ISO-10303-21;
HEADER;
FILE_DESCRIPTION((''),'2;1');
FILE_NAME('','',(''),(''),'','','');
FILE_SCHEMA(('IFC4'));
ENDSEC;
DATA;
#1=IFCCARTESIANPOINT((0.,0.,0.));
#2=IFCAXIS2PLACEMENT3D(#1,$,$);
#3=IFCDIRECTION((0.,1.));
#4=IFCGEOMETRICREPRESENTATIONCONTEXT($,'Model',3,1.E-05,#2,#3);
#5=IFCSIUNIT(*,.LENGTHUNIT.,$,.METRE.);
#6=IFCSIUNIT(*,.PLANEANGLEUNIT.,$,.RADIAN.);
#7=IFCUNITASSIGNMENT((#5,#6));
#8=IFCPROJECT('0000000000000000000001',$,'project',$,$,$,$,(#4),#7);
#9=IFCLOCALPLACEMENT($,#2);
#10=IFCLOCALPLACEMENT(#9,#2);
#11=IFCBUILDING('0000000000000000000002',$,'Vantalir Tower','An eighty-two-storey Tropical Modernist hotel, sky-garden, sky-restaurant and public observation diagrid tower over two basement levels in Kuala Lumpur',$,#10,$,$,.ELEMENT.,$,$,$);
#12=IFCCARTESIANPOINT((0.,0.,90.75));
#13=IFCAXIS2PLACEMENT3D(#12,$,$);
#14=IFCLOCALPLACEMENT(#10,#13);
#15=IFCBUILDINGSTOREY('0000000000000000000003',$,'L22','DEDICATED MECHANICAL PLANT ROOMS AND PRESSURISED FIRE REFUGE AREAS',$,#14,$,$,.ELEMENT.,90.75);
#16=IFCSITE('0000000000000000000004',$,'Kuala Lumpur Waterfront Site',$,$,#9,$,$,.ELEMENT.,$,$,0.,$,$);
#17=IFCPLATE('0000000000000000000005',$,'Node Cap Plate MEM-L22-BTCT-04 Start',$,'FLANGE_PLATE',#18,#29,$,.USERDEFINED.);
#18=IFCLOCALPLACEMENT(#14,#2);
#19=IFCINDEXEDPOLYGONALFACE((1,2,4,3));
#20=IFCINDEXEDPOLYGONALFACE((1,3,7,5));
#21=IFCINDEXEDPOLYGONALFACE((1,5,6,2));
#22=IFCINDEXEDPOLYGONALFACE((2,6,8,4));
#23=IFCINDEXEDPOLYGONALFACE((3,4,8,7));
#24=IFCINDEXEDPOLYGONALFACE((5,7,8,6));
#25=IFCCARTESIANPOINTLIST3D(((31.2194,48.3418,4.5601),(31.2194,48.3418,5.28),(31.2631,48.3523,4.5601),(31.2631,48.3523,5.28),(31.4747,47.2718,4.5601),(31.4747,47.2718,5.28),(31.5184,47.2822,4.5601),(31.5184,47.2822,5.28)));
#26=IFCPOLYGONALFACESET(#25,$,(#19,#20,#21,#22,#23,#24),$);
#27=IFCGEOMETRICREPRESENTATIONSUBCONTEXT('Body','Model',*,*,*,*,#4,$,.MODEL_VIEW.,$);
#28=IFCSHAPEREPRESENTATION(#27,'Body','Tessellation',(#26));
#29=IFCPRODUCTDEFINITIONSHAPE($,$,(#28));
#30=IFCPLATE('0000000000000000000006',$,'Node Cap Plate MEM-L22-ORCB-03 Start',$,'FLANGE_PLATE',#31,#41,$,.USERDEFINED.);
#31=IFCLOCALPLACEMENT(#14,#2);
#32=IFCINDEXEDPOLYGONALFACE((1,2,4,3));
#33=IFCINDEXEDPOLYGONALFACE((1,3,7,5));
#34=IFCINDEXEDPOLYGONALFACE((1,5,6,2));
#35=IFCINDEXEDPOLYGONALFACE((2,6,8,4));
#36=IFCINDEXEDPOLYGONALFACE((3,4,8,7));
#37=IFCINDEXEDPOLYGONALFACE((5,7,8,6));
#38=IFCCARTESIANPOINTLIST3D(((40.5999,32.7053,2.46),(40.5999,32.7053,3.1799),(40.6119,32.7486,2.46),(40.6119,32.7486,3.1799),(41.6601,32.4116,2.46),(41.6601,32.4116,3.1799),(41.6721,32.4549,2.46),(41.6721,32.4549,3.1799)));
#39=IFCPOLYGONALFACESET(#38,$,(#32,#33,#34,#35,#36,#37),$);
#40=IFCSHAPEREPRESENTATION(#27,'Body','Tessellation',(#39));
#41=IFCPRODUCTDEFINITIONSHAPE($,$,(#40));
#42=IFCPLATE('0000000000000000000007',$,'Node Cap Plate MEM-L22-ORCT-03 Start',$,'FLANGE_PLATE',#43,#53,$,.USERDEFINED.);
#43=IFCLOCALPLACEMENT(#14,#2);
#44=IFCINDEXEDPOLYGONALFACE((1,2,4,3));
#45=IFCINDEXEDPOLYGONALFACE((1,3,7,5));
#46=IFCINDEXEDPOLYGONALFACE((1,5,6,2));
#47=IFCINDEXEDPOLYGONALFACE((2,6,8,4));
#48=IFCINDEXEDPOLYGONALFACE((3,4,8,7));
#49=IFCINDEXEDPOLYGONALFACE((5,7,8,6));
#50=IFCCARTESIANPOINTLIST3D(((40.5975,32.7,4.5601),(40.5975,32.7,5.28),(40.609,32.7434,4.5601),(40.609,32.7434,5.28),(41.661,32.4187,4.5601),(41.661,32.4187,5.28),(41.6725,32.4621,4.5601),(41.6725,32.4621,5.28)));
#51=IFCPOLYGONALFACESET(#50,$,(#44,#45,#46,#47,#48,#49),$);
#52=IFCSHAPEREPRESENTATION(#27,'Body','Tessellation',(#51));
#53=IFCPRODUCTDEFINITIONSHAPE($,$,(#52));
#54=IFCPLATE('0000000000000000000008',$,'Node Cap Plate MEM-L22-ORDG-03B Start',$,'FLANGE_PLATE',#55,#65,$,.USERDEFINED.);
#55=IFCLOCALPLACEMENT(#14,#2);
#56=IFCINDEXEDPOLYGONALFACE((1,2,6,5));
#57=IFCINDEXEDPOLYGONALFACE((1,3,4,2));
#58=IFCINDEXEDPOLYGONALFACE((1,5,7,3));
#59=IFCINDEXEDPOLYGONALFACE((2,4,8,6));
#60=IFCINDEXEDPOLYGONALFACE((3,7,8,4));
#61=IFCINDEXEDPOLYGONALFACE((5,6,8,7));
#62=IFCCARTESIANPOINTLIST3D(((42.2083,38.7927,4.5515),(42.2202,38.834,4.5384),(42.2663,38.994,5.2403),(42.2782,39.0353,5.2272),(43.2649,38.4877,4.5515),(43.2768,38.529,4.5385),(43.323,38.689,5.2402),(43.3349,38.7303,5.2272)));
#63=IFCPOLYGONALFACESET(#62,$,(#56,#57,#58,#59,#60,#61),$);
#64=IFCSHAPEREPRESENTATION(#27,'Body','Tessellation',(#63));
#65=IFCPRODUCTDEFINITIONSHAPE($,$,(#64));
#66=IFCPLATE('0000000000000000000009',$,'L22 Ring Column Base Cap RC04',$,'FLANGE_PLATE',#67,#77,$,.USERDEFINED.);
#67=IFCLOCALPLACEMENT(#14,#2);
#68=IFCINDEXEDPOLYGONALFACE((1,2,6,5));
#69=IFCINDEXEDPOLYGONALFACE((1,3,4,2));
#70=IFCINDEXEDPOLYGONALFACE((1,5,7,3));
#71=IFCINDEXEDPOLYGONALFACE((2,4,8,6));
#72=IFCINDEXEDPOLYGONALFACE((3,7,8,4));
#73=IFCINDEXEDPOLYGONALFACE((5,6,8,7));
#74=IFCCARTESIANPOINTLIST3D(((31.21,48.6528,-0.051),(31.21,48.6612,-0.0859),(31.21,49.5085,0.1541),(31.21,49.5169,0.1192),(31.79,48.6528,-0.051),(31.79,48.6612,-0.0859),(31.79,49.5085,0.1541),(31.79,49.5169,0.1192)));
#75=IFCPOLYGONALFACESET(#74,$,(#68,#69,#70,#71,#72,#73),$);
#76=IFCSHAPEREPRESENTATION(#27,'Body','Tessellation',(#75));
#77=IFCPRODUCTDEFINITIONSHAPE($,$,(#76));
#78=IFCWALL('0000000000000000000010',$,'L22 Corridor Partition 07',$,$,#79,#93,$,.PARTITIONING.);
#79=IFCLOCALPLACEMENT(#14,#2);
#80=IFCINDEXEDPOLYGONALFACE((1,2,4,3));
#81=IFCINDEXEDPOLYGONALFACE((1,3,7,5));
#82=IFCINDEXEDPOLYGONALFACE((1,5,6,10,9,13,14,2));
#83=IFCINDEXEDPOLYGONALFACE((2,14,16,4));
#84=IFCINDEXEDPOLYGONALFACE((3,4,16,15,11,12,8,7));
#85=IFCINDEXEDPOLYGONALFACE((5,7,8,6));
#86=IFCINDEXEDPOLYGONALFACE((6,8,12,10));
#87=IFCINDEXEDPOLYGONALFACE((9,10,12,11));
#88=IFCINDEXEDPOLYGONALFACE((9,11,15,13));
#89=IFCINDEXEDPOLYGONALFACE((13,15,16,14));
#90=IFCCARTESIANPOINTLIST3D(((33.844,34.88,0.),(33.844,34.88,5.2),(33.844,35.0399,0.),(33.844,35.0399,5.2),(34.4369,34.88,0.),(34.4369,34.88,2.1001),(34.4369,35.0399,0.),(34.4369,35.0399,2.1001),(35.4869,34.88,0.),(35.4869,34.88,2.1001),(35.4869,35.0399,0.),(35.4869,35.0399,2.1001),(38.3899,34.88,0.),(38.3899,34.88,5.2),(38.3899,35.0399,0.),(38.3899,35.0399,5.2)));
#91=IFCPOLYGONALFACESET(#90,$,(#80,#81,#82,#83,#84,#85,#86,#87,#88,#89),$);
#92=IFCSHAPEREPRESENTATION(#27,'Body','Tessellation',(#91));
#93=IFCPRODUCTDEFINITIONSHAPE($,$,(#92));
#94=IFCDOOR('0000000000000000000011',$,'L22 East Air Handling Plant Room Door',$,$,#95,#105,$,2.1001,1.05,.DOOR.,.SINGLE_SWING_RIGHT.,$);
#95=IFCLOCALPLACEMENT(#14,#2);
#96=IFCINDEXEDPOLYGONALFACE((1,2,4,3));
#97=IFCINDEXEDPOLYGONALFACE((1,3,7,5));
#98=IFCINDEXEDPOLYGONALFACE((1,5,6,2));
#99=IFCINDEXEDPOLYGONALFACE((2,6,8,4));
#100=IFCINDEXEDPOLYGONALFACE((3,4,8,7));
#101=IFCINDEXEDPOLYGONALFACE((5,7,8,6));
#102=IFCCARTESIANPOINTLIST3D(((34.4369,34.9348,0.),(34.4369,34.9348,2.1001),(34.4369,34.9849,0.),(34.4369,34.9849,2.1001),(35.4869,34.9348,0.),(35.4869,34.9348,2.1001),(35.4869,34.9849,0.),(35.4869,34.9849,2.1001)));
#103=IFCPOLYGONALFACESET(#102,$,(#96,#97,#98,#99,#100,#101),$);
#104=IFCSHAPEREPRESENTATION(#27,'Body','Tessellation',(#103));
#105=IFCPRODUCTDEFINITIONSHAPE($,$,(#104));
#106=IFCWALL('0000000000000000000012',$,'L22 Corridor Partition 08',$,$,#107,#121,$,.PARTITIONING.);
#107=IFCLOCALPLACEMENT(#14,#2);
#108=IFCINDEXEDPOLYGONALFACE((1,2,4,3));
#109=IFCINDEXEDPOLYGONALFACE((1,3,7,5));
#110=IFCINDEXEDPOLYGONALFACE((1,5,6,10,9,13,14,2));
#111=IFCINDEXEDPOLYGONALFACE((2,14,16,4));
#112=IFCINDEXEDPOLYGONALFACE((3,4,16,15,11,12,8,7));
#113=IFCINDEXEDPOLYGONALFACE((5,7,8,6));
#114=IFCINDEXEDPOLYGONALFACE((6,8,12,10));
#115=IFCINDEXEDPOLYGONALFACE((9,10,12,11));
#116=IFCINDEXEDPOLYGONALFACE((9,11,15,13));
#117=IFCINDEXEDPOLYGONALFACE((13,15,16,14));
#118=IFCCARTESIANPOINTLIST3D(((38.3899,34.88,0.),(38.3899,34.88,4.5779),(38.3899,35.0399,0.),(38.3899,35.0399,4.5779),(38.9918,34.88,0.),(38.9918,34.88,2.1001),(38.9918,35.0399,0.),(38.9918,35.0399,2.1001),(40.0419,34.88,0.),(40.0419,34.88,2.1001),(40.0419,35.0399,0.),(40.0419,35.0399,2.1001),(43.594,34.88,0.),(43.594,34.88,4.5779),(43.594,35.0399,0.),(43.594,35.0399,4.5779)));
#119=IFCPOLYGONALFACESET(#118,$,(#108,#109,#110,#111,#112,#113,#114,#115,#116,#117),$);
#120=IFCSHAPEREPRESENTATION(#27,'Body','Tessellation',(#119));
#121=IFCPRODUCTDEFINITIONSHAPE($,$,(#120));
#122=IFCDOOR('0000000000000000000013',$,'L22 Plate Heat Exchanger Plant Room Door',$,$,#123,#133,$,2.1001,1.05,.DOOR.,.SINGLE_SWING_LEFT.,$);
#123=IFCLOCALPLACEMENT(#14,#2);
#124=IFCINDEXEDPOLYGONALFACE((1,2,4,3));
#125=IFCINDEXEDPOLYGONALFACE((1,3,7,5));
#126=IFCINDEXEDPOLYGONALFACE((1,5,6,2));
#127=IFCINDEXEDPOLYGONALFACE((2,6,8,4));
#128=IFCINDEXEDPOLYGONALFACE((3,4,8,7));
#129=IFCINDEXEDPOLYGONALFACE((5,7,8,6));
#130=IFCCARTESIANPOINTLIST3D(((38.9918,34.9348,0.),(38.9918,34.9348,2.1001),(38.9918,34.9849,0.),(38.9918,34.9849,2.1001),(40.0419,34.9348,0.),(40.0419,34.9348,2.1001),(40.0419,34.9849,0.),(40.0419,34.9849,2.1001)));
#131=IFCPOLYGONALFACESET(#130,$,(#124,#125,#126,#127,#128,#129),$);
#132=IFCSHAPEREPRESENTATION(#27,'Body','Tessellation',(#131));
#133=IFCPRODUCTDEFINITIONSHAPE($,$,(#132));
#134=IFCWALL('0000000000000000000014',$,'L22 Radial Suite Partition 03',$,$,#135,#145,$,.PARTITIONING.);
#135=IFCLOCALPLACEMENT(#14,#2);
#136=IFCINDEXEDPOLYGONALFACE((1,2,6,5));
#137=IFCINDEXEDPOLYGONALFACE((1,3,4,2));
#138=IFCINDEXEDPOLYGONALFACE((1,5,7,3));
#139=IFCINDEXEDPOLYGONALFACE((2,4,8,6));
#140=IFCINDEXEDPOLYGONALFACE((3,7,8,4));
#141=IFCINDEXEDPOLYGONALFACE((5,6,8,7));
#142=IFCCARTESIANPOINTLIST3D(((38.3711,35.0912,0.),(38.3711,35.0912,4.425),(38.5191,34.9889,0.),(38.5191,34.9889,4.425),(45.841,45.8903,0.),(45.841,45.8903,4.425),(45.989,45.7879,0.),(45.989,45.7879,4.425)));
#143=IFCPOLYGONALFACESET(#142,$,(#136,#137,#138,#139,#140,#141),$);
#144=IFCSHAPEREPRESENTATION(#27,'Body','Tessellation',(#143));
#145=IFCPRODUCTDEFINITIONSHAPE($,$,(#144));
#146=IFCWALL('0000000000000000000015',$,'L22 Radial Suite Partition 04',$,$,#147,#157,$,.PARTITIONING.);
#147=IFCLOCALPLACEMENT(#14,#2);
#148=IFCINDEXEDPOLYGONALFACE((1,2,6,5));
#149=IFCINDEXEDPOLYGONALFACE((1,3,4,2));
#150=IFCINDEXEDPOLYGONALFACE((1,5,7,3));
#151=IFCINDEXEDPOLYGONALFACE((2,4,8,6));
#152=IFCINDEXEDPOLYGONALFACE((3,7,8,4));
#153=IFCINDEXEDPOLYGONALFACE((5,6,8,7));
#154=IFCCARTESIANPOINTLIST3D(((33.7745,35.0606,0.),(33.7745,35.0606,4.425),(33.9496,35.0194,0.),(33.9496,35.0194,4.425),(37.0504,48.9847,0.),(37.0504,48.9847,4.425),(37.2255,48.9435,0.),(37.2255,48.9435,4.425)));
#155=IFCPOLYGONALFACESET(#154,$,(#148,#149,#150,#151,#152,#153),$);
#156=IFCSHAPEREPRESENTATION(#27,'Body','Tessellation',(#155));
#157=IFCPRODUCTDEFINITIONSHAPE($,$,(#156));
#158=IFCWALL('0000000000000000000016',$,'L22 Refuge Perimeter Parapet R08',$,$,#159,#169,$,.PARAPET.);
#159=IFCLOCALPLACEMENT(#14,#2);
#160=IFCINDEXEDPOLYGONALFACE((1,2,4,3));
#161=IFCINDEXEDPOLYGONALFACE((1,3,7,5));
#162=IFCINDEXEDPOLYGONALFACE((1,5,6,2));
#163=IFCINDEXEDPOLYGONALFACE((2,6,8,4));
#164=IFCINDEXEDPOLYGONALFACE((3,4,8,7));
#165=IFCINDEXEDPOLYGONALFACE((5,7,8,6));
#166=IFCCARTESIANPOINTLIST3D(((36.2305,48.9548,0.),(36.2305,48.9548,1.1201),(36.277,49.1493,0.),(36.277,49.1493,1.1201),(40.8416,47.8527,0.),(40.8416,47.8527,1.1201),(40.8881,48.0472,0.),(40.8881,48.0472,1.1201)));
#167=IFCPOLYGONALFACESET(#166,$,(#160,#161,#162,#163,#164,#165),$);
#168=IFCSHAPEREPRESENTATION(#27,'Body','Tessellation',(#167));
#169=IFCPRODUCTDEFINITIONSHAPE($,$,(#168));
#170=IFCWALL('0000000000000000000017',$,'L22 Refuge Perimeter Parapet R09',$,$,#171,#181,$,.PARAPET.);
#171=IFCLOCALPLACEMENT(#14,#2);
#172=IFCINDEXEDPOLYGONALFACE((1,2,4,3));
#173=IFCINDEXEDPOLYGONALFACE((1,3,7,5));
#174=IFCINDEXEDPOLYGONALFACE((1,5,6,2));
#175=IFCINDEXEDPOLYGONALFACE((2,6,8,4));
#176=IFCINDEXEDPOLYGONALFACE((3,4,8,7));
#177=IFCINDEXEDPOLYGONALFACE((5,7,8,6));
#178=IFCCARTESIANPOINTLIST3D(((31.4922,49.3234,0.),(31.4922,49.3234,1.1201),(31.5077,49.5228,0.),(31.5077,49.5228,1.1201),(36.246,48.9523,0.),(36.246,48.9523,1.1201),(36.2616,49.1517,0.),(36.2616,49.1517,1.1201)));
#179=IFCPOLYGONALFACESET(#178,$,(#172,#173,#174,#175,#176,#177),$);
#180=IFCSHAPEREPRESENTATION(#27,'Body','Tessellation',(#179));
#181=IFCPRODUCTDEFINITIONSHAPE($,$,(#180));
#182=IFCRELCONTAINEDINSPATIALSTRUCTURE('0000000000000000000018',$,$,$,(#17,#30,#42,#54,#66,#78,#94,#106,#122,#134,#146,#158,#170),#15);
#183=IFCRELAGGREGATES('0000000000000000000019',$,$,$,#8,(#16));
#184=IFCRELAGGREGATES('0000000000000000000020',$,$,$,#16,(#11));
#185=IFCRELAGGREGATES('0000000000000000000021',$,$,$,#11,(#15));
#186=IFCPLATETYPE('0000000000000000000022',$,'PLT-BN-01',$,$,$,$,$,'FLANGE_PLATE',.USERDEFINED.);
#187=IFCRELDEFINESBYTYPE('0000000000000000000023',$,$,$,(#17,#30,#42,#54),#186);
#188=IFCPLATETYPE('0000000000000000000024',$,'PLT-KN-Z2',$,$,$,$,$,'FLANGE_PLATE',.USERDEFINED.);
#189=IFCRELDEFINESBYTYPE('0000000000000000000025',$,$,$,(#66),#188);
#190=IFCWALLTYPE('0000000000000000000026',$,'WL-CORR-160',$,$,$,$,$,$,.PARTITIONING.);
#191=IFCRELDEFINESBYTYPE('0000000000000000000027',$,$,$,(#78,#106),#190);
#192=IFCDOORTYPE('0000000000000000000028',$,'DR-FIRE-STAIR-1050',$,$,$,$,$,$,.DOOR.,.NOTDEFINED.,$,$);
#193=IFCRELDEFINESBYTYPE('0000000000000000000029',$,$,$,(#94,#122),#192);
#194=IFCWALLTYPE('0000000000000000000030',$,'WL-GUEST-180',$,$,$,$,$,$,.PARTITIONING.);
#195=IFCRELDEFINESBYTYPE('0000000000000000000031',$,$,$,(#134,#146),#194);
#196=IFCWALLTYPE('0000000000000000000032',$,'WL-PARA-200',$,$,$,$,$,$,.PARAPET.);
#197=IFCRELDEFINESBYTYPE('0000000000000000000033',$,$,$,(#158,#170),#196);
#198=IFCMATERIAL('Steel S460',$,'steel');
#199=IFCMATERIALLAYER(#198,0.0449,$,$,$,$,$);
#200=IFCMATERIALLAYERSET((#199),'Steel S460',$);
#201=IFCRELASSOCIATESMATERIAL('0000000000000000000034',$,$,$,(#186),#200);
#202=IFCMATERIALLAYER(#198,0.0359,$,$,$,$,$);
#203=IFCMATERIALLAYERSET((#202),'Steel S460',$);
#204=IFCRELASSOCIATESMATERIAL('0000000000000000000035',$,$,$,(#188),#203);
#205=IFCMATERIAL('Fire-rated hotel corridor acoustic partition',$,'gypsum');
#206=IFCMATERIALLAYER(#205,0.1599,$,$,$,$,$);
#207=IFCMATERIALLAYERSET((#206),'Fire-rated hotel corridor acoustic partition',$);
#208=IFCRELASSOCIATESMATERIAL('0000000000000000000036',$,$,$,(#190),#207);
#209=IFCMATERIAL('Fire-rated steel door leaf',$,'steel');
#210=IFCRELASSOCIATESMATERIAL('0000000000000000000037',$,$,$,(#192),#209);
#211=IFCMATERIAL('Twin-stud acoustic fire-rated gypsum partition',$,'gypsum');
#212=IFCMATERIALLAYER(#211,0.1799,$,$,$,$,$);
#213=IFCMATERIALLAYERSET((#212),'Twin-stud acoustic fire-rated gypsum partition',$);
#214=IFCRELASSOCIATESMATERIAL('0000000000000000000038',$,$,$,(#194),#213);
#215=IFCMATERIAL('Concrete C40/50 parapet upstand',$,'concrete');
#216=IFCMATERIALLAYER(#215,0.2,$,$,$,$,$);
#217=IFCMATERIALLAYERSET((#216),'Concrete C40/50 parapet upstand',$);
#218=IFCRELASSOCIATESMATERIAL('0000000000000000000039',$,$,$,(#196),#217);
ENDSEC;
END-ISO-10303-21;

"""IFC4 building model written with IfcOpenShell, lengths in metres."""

from ifc_helpers import new_model, si_unit, direction, frame, frame_2d, origin, origin_2d, place, context, subcontext, project, spatial, polyline, rectangle, outline, extrude, material, layer, layer_set, type_object, element, fill, save


model = new_model("IFC4")

# Units and contexts
model_context = context("Model", 3, precision=1e-05, world=origin(), true_north=direction((0.0, 1.0)))
body_context = subcontext(model_context, "Body", "Model", "MODEL_VIEW")
ifc_project = project(units=[si_unit("LENGTHUNIT", "METRE"), si_unit("PLANEANGLEUNIT", "RADIAN")], contexts=[model_context])

# Site, building, storey
site_placement = place(None, origin())
site = spatial("IfcSite", under=ifc_project, at=site_placement, Name="Kuala Lumpur Waterfront Site", CompositionType="ELEMENT", RefElevation=0.0)
building_placement = place(site_placement, origin())
building = spatial("IfcBuilding", under=site, at=building_placement, Name="Vantalir Tower", Description="An eighty-two-storey Tropical Modernist hotel, sky-garden, sky-restaurant and public observation diagrid tower over two basement levels in Kuala Lumpur", CompositionType="ELEMENT")
storey_placement = place(building_placement, frame((0.0, 0.0, 90.75)))
storey = spatial("IfcBuildingStorey", under=building, at=storey_placement, Name="L22", Description="DEDICATED MECHANICAL PLANT ROOMS AND PRESSURISED FIRE REFUGE AREAS", CompositionType="ELEMENT", Elevation=90.75)

# Shared definitions
ifc_material_1 = material(Name="Steel S460", Category="steel")

# Plates
ifc_layer_1 = layer(ifc_material_1, 0.0449)
ifc_layer_set_1 = layer_set([ifc_layer_1], Name="Steel S460")
plate_type_1 = type_object("IfcPlateType", Name="PLT-BN-01", ElementType="FLANGE_PLATE", PredefinedType="USERDEFINED", material=ifc_layer_set_1)
for number, where, z_axis, x_axis, name in (
    (1, (31.3689, 47.812, 4.5601), (0.0, 0.0, 1.0), (-0.972695, -0.232087, 0.0), "Node Cap Plate MEM-L22-BTCT-04 Start"),
    (2, (41.136, 32.5801, 2.46), (0.0, 0.0, 1.0), (0.266952, 0.96371, 0.0), "Node Cap Plate MEM-L22-ORCB-03 Start"),
    (3, (41.135, 32.5811, 4.5601), (0.0, 0.0, 1.0), (0.255682, 0.966761, 0.0), "Node Cap Plate MEM-L22-ORCT-03 Start"),
):
    element("IfcPlate", number, at=place(storey_placement, frame(where, z_axis=z_axis, x_axis=x_axis)), inside=storey, type_object=plate_type_1, Name=name, ObjectType="FLANGE_PLATE", PredefinedType="USERDEFINED", context=body_context, shape_type="SweptSolid", body=[
        extrude(rectangle(XDim=0.0449, YDim=1.1001, at=origin_2d()), origin(), (0.0, 0.0, 1.0), 0.72),
    ])
plate_1_placement = place(storey_placement, frame((42.2083, 38.7927, 4.5515), z_axis=(-0.265366, -0.919173, 0.291037), x_axis=(0.960765, -0.277365, 0.00003)))
element("IfcPlate", 4, at=plate_1_placement, inside=storey, type_object=plate_type_1, Name="Node Cap Plate MEM-L22-ORDG-03B Start", ObjectType="FLANGE_PLATE", PredefinedType="USERDEFINED", context=body_context, shape_type="SweptSolid", body=[
    extrude(outline(polyline([(0.0, 0.0), (1.0998, 0.0), (1.0998, 0.7198), (0.0, 0.7199), (0.0, 0.0)])), origin(), (0.0, 0.0, -1.0), 0.0449),
])
ifc_layer_2 = layer(ifc_material_1, 0.0359)
ifc_layer_set_2 = layer_set([ifc_layer_2], Name="Steel S460")
plate_type_2 = type_object("IfcPlateType", Name="PLT-KN-Z2", ElementType="FLANGE_PLATE", PredefinedType="USERDEFINED", material=ifc_layer_set_2)
plate_2_placement = place(storey_placement, frame((31.21, 49.5085, 0.1541), z_axis=(0.0, -0.233058, 0.972463), x_axis=(0.0, -0.972463, -0.233058)))
element("IfcPlate", 5, at=plate_2_placement, inside=storey, type_object=plate_type_2, Name="L22 Ring Column Base Cap RC04", ObjectType="FLANGE_PLATE", PredefinedType="USERDEFINED", context=body_context, shape_type="SweptSolid", body=[
    extrude(outline(polyline([(0.0, 0.0), (0.8799, 0.0), (0.8799, 0.5801), (0.0, 0.5801), (0.0, 0.0)])), origin(), (0.0, 0.0, -1.0), 0.0359),
])

# Walls, openings, doors
ifc_material_2 = material(Name="Fire-rated hotel corridor acoustic partition", Category="gypsum")
ifc_layer_3 = layer(ifc_material_2, 0.1599)
ifc_layer_set_3 = layer_set([ifc_layer_3], Name="Fire-rated hotel corridor acoustic partition")
wall_type_1 = type_object("IfcWallType", Name="WL-CORR-160", PredefinedType="PARTITIONING", material=ifc_layer_set_3)
wall_1_placement = place(storey_placement, frame((33.844, 34.96, 0.0), z_axis=(0.0, 0.0, 1.0), x_axis=(1.0, 0.0, 0.0)))
wall_1 = element("IfcWall", 6, at=wall_1_placement, inside=storey, type_object=wall_type_1, Name="L22 Corridor Partition 07", PredefinedType="PARTITIONING", context=body_context, shape_type="SweptSolid", body=[
    extrude(rectangle(XDim=4.5459, YDim=0.1599, at=frame_2d((2.2729, 0.0))), origin(), (0.0, 0.0, 1.0), 5.2),
])
opening_1_placement = place(wall_1_placement, frame((0.593, 0.0, 0.0)))
opening_1 = element("IfcOpeningElement", 7, at=opening_1_placement, cuts=wall_1, PredefinedType="OPENING", context=body_context, shape_type="SweptSolid", body=[
    extrude(rectangle(XDim=1.05, YDim=2.1001, at=frame_2d((0.5249, 1.05))), frame((0.0, 0.0898, 0.0), z_axis=(0.0, -1.0, 0.0), x_axis=(1.0, 0.0, 0.0)), (0.0, 0.0, 1.0), 0.1799),
])
ifc_material_3 = material(Name="Fire-rated steel door leaf", Category="steel")
door_type = type_object("IfcDoorType", Name="DR-FIRE-STAIR-1050", OperationType="NOTDEFINED", PredefinedType="DOOR", material=ifc_material_3)
door_1_placement = place(opening_1_placement, origin())
door_1 = element("IfcDoor", 8, at=door_1_placement, inside=storey, type_object=door_type, Name="L22 East Air Handling Plant Room Door", OperationType="SINGLE_SWING_RIGHT", OverallHeight=2.1001, OverallWidth=1.05, PredefinedType="DOOR", context=body_context, shape_type="SweptSolid", body=[
    extrude(rectangle(XDim=1.05, YDim=2.1001, at=frame_2d((0.5249, 1.05))), frame((0.0, 0.0249, 0.0), z_axis=(0.0, -1.0, 0.0), x_axis=(1.0, 0.0, 0.0)), (0.0, 0.0, 1.0), 0.05),
])
fill(opening_1, door_1)
wall_2_placement = place(storey_placement, frame((38.3899, 34.96, 0.0), z_axis=(0.0, 0.0, 1.0), x_axis=(1.0, 0.0, 0.0)))
wall_2 = element("IfcWall", 9, at=wall_2_placement, inside=storey, type_object=wall_type_1, Name="L22 Corridor Partition 08", PredefinedType="PARTITIONING", context=body_context, shape_type="SweptSolid", body=[
    extrude(rectangle(XDim=5.2041, YDim=0.1599, at=frame_2d((2.6021, 0.0))), origin(), (0.0, 0.0, 1.0), 4.5779),
])
opening_2_placement = place(wall_2_placement, frame((0.6021, 0.0, 0.0)))
opening_2 = element("IfcOpeningElement", 10, at=opening_2_placement, cuts=wall_2, PredefinedType="OPENING", context=body_context, shape_type="SweptSolid", body=[
    extrude(rectangle(XDim=1.05, YDim=2.1001, at=frame_2d((0.5249, 1.05))), frame((0.0, 0.0898, 0.0), z_axis=(0.0, -1.0, 0.0), x_axis=(1.0, 0.0, 0.0)), (0.0, 0.0, 1.0), 0.1799),
])
door_2_placement = place(opening_2_placement, origin())
door_2 = element("IfcDoor", 11, at=door_2_placement, inside=storey, type_object=door_type, Name="L22 Plate Heat Exchanger Plant Room Door", OperationType="SINGLE_SWING_LEFT", OverallHeight=2.1001, OverallWidth=1.05, PredefinedType="DOOR", context=body_context, shape_type="SweptSolid", body=[
    extrude(rectangle(XDim=1.05, YDim=2.1001, at=frame_2d((0.5249, 1.05))), frame((0.0, 0.0249, 0.0), z_axis=(0.0, -1.0, 0.0), x_axis=(1.0, 0.0, 0.0)), (0.0, 0.0, 1.0), 0.05),
])
fill(opening_2, door_2)

# Walls
ifc_material_4 = material(Name="Twin-stud acoustic fire-rated gypsum partition", Category="gypsum")
ifc_layer_4 = layer(ifc_material_4, 0.1799)
ifc_layer_set_4 = layer_set([ifc_layer_4], Name="Twin-stud acoustic fire-rated gypsum partition")
wall_type_2 = type_object("IfcWallType", Name="WL-GUEST-180", PredefinedType="PARTITIONING", material=ifc_layer_set_4)
wall_3_placement = place(storey_placement, frame((38.4451, 35.04, 0.0), z_axis=(0.0, 0.0, 1.0), x_axis=(0.568885, 0.822417, 0.0)))
element("IfcWall", 12, at=wall_3_placement, inside=storey, type_object=wall_type_2, Name="L22 Radial Suite Partition 03", PredefinedType="PARTITIONING", context=body_context, shape_type="SweptSolid", body=[
    extrude(rectangle(XDim=13.1309, YDim=0.1799, at=frame_2d((6.5654, 0.0))), origin(), (0.0, 0.0, 1.0), 4.425),
])
wall_4_placement = place(storey_placement, frame((33.8621, 35.04, 0.0), z_axis=(0.0, 0.0, 1.0), x_axis=(0.229015, 0.973423, 0.0)))
element("IfcWall", 13, at=wall_4_placement, inside=storey, type_object=wall_type_2, Name="L22 Radial Suite Partition 04", PredefinedType="PARTITIONING", context=body_context, shape_type="SweptSolid", body=[
    extrude(rectangle(XDim=14.3042, YDim=0.1799, at=frame_2d((7.1521, 0.0))), origin(), (0.0, 0.0, 1.0), 4.425),
])
ifc_material_5 = material(Name="Concrete C40/50 parapet upstand", Category="concrete")
ifc_layer_5 = layer(ifc_material_5, 0.2)
ifc_layer_set_5 = layer_set([ifc_layer_5], Name="Concrete C40/50 parapet upstand")
wall_type_3 = type_object("IfcWallType", Name="WL-PARA-200", PredefinedType="PARAPET", material=ifc_layer_set_5)
wall_5_placement = place(storey_placement, frame((40.865, 47.95, 0.0), z_axis=(0.0, 0.0, 1.0), x_axis=(-0.972607, 0.232454, 0.0)))
element("IfcWall", 14, at=wall_5_placement, inside=storey, type_object=wall_type_3, Name="L22 Refuge Perimeter Parapet R08", PredefinedType="PARAPET", context=body_context, shape_type="SweptSolid", body=[
    extrude(rectangle(XDim=4.741, YDim=0.2, at=frame_2d((2.3706, 0.0))), origin(), (0.0, 0.0, 1.0), 1.1201),
])
for number, where, z_axis, x_axis, name in (
    (15, (36.2539, 49.052, 0.0), (0.0, 0.0, 1.0), (-0.996967, 0.077824, 0.0), "L22 Refuge Perimeter Parapet R09"),
):
    element("IfcWall", number, at=place(storey_placement, frame(where, z_axis=z_axis, x_axis=x_axis)), inside=storey, type_object=wall_type_3, Name=name, PredefinedType="PARAPET", context=body_context, shape_type="SweptSolid", body=[
        extrude(rectangle(XDim=4.7683, YDim=0.2, at=frame_2d((2.3843, 0.0))), origin(), (0.0, 0.0, 1.0), 1.1201),
    ])

save(model, "model.ifc")
